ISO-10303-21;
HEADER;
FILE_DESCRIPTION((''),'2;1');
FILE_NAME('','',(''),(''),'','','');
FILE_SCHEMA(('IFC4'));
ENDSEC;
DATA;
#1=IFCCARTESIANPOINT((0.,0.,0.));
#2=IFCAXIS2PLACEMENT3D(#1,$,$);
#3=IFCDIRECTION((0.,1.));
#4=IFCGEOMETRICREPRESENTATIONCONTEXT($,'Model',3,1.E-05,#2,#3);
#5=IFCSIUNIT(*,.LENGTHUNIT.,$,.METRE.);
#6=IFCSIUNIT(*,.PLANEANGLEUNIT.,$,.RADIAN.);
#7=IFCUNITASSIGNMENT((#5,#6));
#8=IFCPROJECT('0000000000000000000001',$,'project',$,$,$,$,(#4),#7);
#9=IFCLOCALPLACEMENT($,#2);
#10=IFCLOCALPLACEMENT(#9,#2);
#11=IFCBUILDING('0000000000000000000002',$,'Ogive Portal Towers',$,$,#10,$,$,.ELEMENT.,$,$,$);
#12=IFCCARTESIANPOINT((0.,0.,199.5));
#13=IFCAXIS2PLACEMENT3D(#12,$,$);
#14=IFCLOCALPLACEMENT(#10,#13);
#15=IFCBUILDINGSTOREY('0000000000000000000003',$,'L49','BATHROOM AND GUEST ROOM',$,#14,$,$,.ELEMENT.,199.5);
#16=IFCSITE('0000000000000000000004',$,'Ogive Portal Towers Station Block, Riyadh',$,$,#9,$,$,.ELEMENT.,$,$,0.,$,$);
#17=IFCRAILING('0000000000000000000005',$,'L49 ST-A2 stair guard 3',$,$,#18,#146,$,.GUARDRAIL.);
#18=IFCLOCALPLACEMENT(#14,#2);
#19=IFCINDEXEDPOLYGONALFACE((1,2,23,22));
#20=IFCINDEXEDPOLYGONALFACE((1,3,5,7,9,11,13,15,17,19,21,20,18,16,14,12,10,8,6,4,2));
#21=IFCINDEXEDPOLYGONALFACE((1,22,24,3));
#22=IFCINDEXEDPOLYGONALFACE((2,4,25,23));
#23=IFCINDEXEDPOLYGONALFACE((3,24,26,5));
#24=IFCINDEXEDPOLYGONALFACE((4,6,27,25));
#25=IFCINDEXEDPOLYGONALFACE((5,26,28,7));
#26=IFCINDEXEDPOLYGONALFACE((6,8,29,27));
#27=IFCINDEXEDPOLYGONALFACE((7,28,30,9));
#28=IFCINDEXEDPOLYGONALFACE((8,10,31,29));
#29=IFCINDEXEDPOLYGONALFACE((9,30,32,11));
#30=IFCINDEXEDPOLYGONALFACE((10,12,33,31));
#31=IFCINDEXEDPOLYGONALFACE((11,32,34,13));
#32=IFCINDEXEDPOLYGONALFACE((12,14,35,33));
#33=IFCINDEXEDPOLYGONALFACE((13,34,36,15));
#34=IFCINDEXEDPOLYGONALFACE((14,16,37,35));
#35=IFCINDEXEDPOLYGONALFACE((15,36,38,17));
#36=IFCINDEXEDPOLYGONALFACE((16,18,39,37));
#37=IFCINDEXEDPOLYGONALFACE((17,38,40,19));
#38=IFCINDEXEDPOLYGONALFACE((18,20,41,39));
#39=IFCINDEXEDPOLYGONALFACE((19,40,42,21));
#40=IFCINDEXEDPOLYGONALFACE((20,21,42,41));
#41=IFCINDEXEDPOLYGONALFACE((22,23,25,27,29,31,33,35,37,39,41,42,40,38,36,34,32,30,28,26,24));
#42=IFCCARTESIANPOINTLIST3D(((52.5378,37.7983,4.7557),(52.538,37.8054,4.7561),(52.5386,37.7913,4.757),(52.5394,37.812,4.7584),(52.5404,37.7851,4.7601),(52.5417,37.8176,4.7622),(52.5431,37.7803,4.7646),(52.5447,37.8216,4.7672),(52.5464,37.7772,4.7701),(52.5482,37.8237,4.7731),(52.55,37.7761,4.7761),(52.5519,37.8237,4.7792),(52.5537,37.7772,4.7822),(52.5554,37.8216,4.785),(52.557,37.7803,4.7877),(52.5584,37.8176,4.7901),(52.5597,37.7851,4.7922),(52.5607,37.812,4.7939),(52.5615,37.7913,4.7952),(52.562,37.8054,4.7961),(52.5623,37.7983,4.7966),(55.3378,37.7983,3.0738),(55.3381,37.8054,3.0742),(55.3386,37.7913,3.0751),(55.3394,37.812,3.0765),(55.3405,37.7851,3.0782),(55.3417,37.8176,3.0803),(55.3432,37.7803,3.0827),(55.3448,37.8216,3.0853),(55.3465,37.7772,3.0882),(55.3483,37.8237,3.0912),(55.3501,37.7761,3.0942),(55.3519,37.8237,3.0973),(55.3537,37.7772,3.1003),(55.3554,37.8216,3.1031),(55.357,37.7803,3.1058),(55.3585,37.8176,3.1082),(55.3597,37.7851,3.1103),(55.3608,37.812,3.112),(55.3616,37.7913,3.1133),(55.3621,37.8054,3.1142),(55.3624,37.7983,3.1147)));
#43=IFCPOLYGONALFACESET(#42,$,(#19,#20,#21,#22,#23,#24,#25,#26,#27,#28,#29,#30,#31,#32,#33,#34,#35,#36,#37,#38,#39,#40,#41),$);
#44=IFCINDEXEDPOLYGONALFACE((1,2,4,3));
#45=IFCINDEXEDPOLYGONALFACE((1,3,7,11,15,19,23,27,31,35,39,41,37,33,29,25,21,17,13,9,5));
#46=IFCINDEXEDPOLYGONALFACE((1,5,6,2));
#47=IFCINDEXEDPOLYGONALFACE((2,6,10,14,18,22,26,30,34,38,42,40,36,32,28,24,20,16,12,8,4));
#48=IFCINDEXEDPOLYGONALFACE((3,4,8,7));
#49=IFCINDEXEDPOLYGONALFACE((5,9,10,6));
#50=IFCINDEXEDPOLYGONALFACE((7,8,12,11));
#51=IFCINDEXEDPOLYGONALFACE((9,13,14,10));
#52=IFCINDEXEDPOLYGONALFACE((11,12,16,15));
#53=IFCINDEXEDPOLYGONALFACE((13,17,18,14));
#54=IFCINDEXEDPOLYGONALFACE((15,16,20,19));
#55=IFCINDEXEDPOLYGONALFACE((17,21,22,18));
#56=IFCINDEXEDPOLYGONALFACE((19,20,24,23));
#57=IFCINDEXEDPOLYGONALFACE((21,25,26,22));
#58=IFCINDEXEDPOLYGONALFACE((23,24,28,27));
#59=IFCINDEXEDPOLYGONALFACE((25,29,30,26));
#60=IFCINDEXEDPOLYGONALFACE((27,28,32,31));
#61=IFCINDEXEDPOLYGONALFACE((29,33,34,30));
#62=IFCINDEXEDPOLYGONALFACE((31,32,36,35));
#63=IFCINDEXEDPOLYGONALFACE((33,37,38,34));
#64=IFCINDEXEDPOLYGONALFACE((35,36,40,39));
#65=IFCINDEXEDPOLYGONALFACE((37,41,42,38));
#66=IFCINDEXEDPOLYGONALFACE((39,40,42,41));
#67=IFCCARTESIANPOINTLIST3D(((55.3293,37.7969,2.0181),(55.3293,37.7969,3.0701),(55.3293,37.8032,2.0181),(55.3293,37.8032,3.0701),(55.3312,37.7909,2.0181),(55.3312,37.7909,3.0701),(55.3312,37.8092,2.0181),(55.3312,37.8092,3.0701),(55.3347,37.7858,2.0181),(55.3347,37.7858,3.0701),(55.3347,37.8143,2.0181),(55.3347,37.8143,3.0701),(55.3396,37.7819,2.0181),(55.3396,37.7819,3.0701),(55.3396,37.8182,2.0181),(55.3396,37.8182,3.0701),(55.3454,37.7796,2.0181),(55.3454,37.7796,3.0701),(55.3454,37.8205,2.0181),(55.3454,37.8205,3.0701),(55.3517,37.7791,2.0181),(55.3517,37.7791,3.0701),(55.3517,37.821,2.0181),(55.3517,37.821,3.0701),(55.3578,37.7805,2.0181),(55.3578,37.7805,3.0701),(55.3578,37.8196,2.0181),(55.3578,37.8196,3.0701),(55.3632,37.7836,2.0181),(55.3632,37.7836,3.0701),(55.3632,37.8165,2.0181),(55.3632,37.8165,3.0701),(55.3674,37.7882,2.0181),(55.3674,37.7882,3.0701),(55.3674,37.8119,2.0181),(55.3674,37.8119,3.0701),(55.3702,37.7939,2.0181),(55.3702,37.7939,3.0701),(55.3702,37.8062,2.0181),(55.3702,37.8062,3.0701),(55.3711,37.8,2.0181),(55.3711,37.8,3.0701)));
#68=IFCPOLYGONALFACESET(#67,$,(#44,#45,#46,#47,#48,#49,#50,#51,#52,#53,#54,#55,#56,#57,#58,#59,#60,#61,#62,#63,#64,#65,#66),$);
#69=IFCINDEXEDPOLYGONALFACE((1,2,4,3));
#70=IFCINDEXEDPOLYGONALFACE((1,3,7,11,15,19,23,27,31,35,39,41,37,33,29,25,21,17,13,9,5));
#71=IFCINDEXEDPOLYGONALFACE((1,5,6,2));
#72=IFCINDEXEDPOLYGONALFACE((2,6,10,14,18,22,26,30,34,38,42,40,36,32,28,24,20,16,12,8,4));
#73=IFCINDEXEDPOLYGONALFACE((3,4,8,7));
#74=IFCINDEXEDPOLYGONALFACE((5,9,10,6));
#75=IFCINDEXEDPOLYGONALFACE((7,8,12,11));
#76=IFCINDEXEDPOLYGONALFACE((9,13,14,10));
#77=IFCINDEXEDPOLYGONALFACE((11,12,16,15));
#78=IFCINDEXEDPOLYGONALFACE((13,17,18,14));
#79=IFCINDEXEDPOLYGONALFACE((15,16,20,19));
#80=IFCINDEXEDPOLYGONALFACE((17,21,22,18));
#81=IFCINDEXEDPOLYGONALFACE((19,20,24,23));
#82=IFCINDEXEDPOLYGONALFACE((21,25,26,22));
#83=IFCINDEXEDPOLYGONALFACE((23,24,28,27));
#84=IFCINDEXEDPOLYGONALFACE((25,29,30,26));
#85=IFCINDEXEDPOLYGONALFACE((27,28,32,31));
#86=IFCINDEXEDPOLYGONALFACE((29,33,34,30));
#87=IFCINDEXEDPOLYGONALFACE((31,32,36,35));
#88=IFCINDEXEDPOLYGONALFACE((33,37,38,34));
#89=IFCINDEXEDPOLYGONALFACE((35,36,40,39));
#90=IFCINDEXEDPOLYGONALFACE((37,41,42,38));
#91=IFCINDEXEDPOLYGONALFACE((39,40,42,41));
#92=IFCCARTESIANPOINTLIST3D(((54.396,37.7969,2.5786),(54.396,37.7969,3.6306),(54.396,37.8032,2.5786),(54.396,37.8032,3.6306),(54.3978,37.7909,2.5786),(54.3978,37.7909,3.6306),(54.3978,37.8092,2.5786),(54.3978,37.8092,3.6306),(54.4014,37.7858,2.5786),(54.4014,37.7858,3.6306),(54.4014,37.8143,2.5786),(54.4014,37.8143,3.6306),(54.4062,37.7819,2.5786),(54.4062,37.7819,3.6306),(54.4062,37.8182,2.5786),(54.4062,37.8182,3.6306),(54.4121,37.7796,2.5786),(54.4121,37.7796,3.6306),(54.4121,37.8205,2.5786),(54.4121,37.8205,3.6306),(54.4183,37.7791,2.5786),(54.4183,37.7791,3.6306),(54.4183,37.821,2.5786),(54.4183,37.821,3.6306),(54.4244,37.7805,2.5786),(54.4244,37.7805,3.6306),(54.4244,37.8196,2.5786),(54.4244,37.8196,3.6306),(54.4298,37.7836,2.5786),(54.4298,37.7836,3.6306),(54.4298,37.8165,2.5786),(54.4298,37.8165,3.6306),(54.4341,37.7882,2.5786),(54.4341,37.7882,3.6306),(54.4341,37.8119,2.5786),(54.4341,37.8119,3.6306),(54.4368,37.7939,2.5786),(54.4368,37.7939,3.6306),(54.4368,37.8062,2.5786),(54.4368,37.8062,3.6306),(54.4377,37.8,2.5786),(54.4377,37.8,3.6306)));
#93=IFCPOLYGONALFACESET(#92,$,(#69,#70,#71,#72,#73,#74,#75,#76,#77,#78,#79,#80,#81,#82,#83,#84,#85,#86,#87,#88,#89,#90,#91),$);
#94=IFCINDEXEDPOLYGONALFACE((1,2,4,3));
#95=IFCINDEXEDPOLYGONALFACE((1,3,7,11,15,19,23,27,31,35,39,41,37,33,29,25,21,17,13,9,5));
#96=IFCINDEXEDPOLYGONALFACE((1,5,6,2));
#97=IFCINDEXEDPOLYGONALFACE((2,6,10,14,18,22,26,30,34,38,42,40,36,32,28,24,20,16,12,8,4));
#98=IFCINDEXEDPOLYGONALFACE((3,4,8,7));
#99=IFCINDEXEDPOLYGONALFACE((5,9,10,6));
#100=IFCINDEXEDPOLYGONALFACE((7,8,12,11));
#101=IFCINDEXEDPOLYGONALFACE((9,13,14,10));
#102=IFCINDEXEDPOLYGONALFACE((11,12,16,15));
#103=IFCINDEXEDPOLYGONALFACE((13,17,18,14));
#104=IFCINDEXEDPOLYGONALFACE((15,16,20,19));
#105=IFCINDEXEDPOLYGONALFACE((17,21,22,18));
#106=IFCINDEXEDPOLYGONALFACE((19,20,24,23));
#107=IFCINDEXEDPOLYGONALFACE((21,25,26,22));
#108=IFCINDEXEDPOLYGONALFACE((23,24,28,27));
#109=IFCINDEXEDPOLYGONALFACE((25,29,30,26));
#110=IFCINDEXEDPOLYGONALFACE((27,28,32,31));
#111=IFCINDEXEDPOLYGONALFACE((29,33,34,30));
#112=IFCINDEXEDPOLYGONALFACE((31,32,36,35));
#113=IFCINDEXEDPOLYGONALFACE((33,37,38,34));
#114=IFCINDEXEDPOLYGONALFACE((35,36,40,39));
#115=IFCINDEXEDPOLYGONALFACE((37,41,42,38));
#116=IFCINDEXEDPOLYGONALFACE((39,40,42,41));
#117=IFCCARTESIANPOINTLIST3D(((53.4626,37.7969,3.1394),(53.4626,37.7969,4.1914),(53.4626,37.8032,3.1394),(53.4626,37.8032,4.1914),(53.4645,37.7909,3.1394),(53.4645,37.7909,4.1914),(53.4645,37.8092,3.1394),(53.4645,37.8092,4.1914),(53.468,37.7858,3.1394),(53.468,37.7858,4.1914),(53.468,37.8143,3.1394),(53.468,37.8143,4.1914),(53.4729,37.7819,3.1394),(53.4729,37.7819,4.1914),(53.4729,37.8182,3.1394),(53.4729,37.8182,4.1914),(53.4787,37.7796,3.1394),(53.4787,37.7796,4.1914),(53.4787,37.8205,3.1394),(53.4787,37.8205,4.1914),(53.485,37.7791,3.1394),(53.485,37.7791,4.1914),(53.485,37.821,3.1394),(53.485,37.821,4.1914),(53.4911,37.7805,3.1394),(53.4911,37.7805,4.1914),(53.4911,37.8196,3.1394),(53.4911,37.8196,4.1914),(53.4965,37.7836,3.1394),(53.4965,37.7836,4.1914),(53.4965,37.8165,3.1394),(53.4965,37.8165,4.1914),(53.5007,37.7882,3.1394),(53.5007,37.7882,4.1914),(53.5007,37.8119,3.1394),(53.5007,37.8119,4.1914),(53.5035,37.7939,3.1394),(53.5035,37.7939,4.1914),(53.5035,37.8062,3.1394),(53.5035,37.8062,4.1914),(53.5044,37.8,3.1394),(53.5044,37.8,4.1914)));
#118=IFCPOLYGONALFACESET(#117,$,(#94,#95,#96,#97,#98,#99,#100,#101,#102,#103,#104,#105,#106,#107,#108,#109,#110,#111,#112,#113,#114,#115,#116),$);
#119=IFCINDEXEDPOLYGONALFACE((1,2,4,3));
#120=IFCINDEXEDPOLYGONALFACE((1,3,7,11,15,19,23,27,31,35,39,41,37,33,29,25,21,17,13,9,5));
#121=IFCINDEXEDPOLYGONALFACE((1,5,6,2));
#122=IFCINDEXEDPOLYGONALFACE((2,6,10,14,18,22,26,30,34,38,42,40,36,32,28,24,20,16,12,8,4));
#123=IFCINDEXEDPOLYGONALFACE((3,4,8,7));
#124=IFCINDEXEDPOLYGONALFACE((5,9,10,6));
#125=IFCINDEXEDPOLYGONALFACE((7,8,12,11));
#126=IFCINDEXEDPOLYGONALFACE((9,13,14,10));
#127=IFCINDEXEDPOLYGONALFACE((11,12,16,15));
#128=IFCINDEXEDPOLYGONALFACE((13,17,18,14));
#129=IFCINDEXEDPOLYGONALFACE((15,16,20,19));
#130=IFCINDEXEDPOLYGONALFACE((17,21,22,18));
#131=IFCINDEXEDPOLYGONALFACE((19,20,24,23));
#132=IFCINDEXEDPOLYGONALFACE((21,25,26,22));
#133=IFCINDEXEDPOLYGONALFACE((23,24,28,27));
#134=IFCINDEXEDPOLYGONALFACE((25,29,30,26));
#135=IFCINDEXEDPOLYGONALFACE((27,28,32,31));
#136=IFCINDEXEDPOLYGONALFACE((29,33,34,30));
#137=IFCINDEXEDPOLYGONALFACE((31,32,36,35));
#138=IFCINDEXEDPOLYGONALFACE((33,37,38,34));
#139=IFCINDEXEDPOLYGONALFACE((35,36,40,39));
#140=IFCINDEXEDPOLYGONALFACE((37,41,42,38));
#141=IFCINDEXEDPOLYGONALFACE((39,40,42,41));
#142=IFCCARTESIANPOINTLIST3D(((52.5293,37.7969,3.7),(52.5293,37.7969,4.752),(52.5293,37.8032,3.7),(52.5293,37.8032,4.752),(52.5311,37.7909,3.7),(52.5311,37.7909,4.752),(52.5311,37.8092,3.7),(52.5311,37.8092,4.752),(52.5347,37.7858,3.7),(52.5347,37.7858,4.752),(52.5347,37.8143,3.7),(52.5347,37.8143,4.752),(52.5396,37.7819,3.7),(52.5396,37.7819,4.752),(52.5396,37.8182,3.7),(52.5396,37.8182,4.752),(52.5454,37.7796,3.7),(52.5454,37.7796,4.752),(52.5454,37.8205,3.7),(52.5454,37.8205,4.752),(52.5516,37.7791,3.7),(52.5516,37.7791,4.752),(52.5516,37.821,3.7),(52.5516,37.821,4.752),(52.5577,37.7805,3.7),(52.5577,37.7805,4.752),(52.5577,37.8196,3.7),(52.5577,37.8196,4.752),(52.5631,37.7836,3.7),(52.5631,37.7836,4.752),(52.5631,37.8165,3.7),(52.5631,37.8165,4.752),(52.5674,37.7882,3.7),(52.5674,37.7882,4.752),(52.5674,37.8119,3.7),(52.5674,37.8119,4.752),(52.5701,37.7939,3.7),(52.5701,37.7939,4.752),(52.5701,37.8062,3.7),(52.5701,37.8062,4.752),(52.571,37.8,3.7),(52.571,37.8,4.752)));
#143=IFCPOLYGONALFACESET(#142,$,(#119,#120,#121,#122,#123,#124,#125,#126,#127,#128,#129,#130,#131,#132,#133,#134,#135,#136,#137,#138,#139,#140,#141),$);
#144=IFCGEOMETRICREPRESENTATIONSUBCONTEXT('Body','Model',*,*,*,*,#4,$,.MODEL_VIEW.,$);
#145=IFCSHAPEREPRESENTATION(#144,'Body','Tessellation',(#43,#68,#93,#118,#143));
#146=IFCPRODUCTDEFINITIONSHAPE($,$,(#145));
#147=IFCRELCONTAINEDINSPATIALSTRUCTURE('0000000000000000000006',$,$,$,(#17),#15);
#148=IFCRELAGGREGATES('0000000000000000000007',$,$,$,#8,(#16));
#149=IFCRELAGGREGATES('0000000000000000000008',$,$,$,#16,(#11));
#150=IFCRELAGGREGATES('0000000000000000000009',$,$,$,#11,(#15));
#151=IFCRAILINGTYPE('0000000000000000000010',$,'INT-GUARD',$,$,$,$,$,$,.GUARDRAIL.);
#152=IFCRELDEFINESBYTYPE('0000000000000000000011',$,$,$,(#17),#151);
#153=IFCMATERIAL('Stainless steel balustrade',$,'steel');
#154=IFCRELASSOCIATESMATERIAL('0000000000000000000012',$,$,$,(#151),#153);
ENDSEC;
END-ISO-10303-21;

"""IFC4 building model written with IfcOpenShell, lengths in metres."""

from ifc_helpers import new_model, si_unit, direction, frame, origin, origin_2d, place, context, subcontext, project, spatial, circle, extrude, material, type_object, element, save


model = new_model("IFC4")

# Units and contexts
model_context = context("Model", 3, precision=1e-05, world=origin(), true_north=direction((0.0, 1.0)))
body_context = subcontext(model_context, "Body", "Model", "MODEL_VIEW")
ifc_project = project(units=[si_unit("LENGTHUNIT", "METRE"), si_unit("PLANEANGLEUNIT", "RADIAN")], contexts=[model_context])

# Site, building, storey
site_placement = place(None, origin())
site = spatial("IfcSite", under=ifc_project, at=site_placement, Name="Ogive Portal Towers Station Block, Riyadh", CompositionType="ELEMENT", RefElevation=0.0)
building_placement = place(site_placement, origin())
building = spatial("IfcBuilding", under=site, at=building_placement, Name="Ogive Portal Towers", CompositionType="ELEMENT")
storey_placement = place(building_placement, frame((0.0, 0.0, 199.5)))
storey = spatial("IfcBuildingStorey", under=building, at=storey_placement, Name="L49", Description="BATHROOM AND GUEST ROOM", CompositionType="ELEMENT", Elevation=199.5)

# Railing
ifc_material_1 = material(Name="Stainless steel balustrade", Category="steel")
railing_type_1 = type_object("IfcRailingType", Name="INT-GUARD", PredefinedType="GUARDRAIL", material=ifc_material_1)
railing_1_placement = place(storey_placement, frame((55.3501, 37.8, 2.0181)))
element("IfcRailing", 1, at=railing_1_placement, inside=storey, type_object=railing_type_1, Name="L49 ST-A2 stair guard 3", PredefinedType="GUARDRAIL", context=body_context, shape_type="SweptSolid", body=[
    extrude(circle(Radius=0.0239, at=origin_2d()), frame((0.0, 0.0, 1.0762), z_axis=(-0.857242, 0.0, 0.514913), x_axis=(0.0, -1.0, 0.0)), (0.0, 0.0, 1.0), 3.2664),
    extrude(circle(Radius=0.021, at=origin_2d()), origin(), (0.0, 0.0, 1.0), 1.052),
    extrude(circle(Radius=0.021, at=origin_2d()), frame((-0.9333, 0.0, 0.5605)), (0.0, 0.0, 1.0), 1.052),
    extrude(circle(Radius=0.021, at=origin_2d()), frame((-1.8667, 0.0, 1.1213)), (0.0, 0.0, 1.0), 1.052),
    extrude(circle(Radius=0.021, at=origin_2d()), frame((-2.8, 0.0, 1.6819)), (0.0, 0.0, 1.0), 1.052),
])

save(model, "model.ifc")
